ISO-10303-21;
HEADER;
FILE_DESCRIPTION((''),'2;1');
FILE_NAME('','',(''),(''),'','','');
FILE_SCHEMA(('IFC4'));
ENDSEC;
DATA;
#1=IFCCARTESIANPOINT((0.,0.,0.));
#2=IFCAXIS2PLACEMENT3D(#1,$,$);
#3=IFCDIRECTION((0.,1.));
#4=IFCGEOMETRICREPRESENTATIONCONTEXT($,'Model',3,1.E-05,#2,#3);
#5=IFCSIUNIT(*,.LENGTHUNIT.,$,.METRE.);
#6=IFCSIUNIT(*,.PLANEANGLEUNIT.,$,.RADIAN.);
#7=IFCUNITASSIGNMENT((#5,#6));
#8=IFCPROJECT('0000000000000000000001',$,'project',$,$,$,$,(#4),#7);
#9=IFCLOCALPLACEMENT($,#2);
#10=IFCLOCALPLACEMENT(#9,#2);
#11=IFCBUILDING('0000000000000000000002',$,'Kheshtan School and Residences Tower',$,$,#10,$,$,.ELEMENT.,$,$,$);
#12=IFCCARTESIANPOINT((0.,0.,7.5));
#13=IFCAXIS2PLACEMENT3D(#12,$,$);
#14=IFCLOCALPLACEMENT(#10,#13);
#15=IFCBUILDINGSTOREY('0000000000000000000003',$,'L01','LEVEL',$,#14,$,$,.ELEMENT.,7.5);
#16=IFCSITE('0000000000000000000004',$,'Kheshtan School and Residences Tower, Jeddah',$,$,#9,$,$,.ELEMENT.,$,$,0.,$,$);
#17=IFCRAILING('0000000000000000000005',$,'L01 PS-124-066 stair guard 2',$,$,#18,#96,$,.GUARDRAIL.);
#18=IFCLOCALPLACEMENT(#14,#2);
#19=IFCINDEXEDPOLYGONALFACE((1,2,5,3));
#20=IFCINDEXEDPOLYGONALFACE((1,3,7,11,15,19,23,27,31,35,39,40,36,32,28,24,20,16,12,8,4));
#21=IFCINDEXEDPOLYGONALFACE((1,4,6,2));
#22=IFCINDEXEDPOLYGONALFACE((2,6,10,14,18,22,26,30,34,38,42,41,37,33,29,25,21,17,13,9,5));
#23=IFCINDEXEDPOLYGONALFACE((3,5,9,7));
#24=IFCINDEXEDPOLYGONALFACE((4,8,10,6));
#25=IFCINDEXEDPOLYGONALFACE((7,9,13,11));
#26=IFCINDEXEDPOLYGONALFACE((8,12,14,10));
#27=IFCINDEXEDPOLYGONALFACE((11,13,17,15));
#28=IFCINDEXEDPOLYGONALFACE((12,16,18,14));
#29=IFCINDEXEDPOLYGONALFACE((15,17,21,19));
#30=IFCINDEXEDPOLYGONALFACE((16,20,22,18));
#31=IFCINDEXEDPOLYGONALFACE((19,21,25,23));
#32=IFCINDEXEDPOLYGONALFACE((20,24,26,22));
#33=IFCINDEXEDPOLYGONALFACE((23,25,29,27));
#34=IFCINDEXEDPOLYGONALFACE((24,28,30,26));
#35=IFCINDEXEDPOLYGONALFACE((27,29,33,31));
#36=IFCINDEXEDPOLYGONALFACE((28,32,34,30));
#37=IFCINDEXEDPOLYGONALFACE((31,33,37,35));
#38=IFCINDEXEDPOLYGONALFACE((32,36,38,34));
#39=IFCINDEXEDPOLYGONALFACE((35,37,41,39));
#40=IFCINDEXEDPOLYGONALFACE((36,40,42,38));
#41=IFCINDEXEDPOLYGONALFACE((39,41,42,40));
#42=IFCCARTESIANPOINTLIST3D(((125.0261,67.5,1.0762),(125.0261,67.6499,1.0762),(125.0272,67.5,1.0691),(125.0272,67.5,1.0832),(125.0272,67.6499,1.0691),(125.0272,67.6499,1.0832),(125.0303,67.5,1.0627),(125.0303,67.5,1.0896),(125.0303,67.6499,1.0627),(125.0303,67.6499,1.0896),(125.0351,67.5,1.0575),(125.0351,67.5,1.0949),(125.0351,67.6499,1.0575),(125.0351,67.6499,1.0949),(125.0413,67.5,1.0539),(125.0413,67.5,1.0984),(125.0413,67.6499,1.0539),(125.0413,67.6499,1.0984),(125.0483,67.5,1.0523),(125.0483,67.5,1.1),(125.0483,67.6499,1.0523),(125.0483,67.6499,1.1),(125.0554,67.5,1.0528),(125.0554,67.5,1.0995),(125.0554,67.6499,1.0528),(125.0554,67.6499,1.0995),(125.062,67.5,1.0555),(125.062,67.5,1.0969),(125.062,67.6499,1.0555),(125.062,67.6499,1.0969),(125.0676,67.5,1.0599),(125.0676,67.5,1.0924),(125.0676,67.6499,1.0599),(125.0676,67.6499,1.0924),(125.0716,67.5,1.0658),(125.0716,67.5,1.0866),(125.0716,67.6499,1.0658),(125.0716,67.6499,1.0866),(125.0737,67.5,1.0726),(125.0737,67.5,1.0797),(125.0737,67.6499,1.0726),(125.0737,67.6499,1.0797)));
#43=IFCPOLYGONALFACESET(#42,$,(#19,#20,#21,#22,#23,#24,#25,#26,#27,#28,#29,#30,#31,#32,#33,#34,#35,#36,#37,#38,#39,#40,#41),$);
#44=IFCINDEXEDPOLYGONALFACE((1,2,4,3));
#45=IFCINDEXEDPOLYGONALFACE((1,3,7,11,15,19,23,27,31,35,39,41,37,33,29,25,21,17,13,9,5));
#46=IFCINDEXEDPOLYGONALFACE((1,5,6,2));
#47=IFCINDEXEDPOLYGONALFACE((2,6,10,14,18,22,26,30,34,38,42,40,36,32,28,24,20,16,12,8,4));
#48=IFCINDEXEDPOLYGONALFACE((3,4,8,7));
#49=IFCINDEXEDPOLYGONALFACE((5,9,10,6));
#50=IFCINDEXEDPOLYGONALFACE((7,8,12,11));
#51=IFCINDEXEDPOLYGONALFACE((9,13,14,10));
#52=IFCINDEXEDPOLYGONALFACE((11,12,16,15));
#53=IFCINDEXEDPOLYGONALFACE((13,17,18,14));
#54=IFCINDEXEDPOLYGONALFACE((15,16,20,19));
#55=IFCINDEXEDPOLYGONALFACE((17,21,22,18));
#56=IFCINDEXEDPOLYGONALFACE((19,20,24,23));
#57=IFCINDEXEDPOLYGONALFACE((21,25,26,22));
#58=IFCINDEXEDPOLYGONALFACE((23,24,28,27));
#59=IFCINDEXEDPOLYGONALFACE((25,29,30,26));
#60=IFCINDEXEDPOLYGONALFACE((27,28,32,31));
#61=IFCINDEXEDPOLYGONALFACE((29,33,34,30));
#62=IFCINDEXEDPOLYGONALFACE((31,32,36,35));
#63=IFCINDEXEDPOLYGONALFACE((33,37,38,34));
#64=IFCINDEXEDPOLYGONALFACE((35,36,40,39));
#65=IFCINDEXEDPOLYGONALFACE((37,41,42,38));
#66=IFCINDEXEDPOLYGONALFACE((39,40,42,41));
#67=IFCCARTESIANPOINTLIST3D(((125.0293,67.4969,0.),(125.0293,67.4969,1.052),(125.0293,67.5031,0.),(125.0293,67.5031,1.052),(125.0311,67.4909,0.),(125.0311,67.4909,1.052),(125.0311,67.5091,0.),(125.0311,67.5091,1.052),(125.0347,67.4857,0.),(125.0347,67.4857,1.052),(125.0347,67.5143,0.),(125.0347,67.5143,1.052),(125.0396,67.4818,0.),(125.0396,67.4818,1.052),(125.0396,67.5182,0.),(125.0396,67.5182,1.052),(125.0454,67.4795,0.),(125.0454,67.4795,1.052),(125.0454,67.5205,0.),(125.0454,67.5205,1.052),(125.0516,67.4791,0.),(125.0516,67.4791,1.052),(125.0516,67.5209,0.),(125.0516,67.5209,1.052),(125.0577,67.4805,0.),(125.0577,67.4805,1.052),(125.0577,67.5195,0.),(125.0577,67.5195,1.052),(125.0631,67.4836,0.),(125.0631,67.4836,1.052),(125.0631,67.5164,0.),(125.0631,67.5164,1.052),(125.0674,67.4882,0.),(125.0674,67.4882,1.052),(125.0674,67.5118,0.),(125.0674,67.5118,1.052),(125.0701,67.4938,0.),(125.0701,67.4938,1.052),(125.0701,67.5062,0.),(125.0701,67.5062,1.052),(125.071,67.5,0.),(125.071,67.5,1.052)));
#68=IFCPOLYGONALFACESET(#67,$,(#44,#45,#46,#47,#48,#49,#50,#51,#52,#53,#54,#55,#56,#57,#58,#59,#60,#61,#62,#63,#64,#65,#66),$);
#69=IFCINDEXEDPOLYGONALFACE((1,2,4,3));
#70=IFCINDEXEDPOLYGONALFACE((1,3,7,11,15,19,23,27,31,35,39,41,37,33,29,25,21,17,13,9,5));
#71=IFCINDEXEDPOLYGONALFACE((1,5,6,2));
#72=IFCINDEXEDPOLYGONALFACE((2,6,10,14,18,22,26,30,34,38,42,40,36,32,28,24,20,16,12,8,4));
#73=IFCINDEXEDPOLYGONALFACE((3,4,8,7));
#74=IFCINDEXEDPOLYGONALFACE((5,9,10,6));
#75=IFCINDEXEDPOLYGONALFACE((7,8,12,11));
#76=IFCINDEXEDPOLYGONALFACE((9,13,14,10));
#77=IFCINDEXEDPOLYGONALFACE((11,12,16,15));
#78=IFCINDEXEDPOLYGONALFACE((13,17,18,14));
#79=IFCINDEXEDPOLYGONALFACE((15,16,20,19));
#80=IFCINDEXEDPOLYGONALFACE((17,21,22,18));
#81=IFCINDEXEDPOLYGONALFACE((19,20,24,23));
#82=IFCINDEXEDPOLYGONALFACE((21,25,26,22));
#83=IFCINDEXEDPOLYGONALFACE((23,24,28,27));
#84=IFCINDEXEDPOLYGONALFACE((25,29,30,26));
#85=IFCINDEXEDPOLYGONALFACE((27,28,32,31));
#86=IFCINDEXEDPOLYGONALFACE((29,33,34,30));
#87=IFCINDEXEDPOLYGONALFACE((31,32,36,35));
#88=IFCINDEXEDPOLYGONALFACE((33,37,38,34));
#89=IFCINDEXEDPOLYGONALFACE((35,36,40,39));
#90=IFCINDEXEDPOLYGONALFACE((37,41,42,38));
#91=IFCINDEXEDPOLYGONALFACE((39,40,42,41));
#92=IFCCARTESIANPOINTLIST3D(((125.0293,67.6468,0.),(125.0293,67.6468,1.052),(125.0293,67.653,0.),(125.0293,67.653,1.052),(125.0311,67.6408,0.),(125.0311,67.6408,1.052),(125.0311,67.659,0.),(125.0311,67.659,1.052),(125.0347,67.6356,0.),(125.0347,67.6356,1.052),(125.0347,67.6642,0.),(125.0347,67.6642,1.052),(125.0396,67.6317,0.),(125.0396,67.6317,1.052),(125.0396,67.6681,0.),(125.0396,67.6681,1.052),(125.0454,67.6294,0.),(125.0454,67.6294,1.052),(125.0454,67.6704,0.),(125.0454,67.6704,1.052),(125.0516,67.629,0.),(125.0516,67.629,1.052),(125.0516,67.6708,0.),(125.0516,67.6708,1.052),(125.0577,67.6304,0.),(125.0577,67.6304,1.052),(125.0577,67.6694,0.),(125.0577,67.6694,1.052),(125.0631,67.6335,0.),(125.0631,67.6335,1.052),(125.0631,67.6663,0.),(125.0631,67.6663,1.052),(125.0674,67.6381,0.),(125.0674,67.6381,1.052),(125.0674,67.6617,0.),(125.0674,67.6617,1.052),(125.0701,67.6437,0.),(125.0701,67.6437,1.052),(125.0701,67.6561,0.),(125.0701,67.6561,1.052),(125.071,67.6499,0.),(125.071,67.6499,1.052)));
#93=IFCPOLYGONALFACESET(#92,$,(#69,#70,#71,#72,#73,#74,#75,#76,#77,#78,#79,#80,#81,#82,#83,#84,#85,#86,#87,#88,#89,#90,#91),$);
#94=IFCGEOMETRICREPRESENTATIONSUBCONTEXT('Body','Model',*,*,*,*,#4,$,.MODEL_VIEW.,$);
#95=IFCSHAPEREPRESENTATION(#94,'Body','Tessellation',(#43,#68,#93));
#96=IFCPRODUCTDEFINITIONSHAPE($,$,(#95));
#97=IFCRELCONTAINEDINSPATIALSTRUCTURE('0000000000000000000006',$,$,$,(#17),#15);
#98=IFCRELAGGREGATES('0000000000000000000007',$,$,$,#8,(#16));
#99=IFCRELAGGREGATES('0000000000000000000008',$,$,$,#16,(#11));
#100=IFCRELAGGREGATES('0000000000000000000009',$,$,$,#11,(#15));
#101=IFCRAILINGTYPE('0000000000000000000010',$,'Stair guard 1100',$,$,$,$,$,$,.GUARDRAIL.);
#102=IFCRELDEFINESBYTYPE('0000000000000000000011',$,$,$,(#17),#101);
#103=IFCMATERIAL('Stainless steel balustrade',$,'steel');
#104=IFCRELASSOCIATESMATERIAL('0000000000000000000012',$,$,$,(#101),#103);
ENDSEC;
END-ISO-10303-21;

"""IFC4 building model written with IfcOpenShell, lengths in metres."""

from ifc_helpers import new_model, si_unit, direction, frame, origin, origin_2d, place, context, subcontext, project, spatial, circle, extrude, material, type_object, element, save


model = new_model("IFC4")

# Units and contexts
model_context = context("Model", 3, precision=1e-05, world=origin(), true_north=direction((0.0, 1.0)))
body_context = subcontext(model_context, "Body", "Model", "MODEL_VIEW")
ifc_project = project(units=[si_unit("LENGTHUNIT", "METRE"), si_unit("PLANEANGLEUNIT", "RADIAN")], contexts=[model_context])

# Site, building, storey
site_placement = place(None, origin())
site = spatial("IfcSite", under=ifc_project, at=site_placement, Name="Kheshtan School and Residences Tower, Jeddah", CompositionType="ELEMENT", RefElevation=0.0)
building_placement = place(site_placement, origin())
building = spatial("IfcBuilding", under=site, at=building_placement, Name="Kheshtan School and Residences Tower", CompositionType="ELEMENT")
storey_placement = place(building_placement, frame((0.0, 0.0, 7.5)))
storey = spatial("IfcBuildingStorey", under=building, at=storey_placement, Name="L01", Description="LEVEL", CompositionType="ELEMENT", Elevation=7.5)

# Railing
ifc_material_1 = material(Name="Stainless steel balustrade", Category="steel")
railing_type_1 = type_object("IfcRailingType", Name="Stair guard 1100", PredefinedType="GUARDRAIL", material=ifc_material_1)
railing_1_placement = place(storey_placement, frame((125.05, 67.5, 0.0)))
element("IfcRailing", 1, at=railing_1_placement, inside=storey, type_object=railing_type_1, Name="L01 PS-124-066 stair guard 2", PredefinedType="GUARDRAIL", context=body_context, shape_type="SweptSolid", body=[
    extrude(circle(Radius=0.0239, at=origin_2d()), frame((0.0, 0.0, 1.0762), z_axis=(0.0, 1.0, 0.0), x_axis=(-1.0, 0.0, 0.0)), (0.0, 0.0, 1.0), 0.1499),
    extrude(circle(Radius=0.021, at=origin_2d()), origin(), (0.0, 0.0, 1.0), 1.052),
    extrude(circle(Radius=0.021, at=origin_2d()), frame((0.0, 0.1499, 0.0)), (0.0, 0.0, 1.0), 1.052),
])

save(model, "model.ifc")
